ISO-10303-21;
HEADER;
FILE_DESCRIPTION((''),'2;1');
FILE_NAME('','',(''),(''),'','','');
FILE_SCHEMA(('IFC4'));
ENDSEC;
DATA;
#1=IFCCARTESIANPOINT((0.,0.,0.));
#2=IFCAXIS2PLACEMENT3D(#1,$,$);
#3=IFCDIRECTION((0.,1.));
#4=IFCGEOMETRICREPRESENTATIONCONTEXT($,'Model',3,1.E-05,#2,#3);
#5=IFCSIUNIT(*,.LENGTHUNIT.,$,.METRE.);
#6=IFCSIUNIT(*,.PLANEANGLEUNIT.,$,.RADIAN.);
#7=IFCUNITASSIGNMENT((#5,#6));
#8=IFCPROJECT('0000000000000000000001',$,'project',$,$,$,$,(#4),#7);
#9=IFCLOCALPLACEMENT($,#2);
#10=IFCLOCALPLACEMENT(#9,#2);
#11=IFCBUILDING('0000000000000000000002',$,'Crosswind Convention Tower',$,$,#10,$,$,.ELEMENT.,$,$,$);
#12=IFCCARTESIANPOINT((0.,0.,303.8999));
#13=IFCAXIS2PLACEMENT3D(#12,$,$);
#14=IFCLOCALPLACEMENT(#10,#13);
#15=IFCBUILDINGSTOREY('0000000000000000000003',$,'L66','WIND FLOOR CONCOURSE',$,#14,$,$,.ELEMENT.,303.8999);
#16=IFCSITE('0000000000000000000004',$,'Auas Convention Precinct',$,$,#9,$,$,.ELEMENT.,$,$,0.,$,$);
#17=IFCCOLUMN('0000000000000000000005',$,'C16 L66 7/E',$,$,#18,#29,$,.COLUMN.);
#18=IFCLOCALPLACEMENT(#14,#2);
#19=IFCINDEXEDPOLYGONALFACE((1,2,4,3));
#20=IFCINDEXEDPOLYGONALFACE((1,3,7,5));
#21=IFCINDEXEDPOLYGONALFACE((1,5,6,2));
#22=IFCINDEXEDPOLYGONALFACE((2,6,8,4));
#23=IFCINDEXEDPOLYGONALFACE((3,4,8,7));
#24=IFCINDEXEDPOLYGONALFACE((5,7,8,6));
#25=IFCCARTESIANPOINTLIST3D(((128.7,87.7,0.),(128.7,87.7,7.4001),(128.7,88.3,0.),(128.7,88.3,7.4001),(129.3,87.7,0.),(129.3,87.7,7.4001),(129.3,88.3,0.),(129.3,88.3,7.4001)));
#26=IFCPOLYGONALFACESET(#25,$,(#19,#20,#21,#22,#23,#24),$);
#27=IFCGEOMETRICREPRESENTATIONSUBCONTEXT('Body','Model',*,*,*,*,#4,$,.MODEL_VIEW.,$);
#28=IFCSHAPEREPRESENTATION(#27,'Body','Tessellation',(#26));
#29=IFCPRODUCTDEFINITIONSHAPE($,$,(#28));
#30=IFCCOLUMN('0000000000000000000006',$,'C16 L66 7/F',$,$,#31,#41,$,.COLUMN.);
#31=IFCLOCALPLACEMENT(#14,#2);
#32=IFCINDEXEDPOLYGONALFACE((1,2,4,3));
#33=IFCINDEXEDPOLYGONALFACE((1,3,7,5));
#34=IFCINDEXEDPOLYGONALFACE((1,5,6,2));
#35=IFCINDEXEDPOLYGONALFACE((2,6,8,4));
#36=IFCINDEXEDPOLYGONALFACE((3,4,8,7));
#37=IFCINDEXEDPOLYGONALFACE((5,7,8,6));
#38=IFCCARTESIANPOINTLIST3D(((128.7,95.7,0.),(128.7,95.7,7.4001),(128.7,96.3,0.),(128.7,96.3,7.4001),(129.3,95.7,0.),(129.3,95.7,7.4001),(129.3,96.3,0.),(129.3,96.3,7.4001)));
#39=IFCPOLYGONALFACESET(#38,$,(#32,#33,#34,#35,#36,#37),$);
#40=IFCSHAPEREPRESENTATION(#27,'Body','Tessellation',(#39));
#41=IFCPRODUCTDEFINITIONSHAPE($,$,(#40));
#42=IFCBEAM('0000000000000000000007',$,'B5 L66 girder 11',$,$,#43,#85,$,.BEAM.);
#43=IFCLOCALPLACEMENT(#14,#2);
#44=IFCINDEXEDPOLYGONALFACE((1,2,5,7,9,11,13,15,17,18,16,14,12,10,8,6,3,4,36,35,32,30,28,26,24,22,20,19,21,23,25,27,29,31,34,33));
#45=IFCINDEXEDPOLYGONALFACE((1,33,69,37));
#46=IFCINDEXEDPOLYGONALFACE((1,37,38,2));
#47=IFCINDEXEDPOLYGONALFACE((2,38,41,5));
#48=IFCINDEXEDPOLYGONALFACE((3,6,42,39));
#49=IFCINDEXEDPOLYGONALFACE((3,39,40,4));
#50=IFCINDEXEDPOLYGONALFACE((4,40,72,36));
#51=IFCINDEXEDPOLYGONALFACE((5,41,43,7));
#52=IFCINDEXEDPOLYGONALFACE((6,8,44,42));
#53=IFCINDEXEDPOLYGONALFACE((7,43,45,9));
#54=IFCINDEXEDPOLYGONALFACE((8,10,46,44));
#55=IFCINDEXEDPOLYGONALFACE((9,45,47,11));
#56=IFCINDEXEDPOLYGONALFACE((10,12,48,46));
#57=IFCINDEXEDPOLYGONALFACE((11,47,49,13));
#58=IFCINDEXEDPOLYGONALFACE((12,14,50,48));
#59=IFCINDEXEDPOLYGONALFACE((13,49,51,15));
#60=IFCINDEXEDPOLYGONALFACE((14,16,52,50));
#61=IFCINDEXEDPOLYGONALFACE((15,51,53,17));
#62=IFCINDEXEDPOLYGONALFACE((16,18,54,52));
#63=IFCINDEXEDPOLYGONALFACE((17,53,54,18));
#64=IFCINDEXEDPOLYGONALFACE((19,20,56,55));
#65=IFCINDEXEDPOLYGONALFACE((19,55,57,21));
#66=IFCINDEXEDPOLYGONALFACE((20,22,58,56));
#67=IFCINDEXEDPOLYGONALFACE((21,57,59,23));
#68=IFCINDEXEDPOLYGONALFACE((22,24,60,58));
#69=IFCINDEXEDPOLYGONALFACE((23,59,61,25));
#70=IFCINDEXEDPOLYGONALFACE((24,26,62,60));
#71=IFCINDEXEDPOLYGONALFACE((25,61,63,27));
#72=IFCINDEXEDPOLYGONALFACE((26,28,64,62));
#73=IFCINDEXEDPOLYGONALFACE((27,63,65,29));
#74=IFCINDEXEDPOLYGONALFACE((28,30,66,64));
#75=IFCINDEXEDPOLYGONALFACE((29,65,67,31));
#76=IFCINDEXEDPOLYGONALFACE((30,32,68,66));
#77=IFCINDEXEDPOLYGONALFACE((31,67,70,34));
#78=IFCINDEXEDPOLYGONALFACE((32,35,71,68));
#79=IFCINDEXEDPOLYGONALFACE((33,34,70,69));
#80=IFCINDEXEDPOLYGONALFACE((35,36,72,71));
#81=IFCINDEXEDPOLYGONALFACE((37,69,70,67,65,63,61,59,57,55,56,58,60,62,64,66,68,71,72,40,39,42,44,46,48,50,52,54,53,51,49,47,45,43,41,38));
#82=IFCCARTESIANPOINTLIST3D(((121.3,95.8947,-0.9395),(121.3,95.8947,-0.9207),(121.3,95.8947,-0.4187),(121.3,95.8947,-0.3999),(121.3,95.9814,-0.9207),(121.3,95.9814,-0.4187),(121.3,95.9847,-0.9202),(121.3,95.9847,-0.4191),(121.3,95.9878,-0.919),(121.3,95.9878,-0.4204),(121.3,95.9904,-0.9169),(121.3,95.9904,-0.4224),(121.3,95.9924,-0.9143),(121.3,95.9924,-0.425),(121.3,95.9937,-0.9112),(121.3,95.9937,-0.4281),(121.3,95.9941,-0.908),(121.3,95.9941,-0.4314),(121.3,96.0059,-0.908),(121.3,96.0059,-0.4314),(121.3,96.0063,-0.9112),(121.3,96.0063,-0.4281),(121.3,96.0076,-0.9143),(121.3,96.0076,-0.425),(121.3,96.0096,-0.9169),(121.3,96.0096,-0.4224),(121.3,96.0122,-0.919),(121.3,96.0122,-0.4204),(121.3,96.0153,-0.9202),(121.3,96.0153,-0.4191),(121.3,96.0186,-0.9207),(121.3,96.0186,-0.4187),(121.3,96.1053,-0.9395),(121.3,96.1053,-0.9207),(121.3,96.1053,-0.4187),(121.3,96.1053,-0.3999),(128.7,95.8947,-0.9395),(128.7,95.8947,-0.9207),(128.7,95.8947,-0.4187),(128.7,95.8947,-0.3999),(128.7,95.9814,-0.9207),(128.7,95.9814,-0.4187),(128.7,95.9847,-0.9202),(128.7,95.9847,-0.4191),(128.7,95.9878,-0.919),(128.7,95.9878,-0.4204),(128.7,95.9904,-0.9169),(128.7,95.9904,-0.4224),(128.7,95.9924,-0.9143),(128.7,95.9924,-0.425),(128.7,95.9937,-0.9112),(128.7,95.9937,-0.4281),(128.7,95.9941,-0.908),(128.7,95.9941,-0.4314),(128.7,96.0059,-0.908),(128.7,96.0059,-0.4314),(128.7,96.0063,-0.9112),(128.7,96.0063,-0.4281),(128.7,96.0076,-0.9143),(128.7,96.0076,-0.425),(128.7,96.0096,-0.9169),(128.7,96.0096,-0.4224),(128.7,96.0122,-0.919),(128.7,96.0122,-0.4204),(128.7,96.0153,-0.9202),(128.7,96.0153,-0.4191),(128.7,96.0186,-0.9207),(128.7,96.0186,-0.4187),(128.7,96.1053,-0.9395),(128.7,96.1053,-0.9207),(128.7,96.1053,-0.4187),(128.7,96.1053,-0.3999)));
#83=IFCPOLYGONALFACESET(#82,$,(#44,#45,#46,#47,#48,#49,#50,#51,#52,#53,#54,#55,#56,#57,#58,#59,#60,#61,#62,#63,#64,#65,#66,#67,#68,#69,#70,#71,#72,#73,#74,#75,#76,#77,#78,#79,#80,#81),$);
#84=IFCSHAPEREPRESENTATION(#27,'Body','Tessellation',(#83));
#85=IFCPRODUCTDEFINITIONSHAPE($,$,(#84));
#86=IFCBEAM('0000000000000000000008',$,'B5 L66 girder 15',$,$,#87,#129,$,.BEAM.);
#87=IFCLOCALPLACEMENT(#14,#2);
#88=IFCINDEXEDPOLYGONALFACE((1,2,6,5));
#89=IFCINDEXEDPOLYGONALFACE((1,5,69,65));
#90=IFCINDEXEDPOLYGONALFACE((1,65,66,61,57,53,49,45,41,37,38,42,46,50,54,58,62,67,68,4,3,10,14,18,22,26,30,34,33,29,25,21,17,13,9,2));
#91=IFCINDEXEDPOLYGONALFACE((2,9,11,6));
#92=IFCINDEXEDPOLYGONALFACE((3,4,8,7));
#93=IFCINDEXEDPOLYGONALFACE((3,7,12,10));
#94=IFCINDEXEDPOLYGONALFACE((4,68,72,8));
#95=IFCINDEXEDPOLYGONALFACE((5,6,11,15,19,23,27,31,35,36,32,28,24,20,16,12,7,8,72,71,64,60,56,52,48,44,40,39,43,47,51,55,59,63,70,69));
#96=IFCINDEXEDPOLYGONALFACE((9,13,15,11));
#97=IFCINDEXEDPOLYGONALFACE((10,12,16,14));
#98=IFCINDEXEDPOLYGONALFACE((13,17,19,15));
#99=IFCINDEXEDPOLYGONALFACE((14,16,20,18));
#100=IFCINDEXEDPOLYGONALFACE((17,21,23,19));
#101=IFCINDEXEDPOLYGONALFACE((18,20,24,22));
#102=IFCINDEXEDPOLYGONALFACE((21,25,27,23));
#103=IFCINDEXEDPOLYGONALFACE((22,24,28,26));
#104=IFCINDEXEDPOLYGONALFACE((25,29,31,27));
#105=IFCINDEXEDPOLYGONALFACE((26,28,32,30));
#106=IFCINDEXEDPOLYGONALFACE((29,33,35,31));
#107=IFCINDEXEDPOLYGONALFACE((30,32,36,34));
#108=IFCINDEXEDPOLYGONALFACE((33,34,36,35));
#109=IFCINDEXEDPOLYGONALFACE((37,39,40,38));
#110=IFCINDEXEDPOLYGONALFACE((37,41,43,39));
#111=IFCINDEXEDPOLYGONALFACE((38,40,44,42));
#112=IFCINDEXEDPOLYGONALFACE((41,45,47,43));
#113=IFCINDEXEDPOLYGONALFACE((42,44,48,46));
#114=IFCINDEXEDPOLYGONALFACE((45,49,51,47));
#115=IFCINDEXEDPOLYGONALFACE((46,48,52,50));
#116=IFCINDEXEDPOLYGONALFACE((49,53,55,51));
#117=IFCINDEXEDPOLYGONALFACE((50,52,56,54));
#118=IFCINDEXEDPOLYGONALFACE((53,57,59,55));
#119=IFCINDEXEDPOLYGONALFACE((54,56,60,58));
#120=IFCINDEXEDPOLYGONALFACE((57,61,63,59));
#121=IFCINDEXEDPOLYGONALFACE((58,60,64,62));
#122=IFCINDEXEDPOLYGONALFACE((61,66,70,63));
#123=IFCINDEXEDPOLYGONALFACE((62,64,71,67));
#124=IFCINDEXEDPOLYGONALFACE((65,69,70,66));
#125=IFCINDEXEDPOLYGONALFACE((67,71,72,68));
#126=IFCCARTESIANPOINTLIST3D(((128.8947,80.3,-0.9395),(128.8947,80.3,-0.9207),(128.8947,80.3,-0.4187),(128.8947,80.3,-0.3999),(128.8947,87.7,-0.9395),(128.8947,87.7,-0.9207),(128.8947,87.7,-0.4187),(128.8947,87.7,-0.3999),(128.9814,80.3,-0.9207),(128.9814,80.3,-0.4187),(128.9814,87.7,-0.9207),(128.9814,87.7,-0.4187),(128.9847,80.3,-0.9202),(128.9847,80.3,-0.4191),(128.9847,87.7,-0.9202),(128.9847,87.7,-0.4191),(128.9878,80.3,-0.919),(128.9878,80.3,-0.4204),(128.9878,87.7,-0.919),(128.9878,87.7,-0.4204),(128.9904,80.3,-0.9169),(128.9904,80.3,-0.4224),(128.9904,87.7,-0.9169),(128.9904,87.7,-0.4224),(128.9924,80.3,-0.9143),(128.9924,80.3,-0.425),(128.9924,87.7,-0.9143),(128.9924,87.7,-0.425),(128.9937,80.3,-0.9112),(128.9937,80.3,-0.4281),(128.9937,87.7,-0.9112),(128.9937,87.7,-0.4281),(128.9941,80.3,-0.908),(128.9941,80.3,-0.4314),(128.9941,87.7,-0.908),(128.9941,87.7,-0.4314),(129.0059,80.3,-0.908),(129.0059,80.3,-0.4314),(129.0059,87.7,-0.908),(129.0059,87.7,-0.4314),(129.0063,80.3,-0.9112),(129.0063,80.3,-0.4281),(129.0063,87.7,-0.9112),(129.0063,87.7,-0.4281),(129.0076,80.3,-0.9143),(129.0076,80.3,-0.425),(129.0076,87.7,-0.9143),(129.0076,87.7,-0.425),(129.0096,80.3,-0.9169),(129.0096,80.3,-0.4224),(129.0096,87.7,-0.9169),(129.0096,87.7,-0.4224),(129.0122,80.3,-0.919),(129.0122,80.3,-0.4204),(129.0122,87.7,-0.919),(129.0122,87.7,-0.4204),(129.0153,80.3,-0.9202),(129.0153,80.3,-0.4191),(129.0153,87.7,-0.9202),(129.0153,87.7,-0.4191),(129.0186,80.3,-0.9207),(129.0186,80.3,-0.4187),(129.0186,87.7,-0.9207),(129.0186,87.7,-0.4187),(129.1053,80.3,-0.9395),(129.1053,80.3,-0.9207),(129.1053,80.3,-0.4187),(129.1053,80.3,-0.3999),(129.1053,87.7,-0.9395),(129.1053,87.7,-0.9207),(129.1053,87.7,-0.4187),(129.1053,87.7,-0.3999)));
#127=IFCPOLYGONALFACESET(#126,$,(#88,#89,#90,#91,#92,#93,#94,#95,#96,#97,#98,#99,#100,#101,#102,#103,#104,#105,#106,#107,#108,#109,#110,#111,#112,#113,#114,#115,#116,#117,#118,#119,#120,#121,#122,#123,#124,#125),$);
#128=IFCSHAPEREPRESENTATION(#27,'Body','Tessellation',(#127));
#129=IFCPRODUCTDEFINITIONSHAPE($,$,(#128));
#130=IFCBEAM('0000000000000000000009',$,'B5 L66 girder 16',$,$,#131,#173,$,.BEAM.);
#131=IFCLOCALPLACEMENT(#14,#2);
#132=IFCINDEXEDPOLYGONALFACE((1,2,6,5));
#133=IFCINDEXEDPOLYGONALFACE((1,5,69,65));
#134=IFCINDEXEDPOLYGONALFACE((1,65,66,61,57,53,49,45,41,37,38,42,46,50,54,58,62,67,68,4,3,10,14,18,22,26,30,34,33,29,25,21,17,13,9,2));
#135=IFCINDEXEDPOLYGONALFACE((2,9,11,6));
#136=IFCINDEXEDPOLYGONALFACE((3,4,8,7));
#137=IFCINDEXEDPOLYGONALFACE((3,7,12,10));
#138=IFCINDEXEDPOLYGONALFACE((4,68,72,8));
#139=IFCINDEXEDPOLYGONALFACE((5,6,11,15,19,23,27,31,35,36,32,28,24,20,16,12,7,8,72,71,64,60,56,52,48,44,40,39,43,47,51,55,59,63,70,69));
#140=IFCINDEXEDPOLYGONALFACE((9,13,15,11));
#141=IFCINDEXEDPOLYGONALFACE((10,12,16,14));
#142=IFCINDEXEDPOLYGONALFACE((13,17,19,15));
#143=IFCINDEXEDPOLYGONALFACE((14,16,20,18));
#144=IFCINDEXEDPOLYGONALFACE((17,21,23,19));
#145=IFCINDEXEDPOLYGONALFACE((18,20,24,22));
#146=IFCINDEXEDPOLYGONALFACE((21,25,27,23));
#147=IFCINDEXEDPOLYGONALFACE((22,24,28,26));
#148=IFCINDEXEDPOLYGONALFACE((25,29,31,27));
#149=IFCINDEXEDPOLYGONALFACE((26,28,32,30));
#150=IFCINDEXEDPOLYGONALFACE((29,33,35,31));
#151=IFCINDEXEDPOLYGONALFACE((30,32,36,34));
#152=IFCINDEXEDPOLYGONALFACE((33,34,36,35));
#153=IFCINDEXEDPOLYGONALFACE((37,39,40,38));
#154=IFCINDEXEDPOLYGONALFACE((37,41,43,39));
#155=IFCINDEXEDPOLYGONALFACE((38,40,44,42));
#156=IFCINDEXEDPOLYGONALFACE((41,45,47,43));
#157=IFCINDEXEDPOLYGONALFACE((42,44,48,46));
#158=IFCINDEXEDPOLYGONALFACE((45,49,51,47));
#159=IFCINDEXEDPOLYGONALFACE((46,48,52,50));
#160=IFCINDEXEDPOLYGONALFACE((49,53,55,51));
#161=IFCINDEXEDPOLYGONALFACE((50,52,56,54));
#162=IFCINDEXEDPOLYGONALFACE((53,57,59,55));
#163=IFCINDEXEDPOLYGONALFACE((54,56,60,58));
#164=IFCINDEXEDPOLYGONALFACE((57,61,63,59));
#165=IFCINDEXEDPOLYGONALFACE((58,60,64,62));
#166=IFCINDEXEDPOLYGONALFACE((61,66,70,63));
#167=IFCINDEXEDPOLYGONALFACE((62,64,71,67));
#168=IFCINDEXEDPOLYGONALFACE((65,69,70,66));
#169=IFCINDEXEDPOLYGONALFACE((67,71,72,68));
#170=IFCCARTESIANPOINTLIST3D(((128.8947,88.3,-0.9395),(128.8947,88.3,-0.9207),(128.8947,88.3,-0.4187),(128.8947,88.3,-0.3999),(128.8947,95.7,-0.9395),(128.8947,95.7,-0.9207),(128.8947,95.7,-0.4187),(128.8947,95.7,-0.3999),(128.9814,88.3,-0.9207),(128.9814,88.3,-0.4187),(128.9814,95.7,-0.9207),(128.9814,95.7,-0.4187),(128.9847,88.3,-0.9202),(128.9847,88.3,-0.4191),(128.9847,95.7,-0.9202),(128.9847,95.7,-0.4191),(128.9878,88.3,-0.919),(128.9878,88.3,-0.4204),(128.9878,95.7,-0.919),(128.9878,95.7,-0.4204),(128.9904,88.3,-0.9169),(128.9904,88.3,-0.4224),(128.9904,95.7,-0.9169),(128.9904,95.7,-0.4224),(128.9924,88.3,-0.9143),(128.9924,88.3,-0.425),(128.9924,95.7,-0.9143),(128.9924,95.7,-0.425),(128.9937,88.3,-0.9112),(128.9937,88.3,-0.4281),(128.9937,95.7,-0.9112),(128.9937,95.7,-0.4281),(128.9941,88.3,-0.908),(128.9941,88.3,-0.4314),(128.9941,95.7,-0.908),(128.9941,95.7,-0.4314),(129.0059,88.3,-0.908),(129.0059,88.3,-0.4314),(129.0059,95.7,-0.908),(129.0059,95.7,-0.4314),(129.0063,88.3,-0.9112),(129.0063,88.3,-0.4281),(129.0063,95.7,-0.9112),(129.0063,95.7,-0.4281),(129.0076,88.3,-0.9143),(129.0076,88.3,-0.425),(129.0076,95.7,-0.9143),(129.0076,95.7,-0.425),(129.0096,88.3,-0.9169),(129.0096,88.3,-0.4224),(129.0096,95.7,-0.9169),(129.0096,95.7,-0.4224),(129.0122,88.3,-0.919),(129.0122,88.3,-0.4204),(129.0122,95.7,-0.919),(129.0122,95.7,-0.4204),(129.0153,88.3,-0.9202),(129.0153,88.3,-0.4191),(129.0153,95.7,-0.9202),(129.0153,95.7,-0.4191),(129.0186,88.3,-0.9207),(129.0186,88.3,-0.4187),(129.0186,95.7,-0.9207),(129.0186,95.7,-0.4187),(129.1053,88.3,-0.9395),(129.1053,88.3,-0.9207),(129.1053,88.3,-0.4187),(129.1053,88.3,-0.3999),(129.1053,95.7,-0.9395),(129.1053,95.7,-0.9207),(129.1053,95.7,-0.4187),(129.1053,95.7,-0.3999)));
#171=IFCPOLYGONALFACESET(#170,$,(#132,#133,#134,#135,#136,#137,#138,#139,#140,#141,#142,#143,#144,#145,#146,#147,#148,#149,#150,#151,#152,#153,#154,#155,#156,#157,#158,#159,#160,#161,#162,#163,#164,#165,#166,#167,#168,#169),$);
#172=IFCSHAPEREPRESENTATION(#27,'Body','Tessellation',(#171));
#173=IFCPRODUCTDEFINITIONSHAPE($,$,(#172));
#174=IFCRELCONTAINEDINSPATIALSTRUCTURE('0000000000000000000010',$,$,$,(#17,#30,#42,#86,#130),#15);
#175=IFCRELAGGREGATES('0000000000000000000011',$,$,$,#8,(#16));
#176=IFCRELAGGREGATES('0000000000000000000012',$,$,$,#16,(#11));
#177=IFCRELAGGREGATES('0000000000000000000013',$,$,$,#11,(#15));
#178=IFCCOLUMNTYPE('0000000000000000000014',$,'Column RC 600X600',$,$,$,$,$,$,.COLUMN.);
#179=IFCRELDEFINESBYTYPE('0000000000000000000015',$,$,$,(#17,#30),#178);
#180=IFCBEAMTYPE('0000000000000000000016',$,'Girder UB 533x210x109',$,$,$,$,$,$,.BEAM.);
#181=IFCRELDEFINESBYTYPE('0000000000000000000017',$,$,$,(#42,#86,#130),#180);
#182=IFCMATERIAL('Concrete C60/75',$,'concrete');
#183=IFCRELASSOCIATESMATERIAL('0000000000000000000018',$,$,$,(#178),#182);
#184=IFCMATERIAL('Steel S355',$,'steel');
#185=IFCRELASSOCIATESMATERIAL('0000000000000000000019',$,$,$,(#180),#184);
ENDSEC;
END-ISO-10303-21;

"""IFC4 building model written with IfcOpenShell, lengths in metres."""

from ifc_helpers import new_model, si_unit, direction, frame, origin, origin_2d, place, context, subcontext, project, spatial, rectangle, i_section, extrude, material, material_profile, profile_set, type_object, element, save


model = new_model("IFC4")

# Units and contexts
model_context = context("Model", 3, precision=1e-05, world=origin(), true_north=direction((0.0, 1.0)))
body_context = subcontext(model_context, "Body", "Model", "MODEL_VIEW")
ifc_project = project(units=[si_unit("LENGTHUNIT", "METRE"), si_unit("PLANEANGLEUNIT", "RADIAN")], contexts=[model_context])

# Site, building, storey
site_placement = place(None, origin())
site = spatial("IfcSite", under=ifc_project, at=site_placement, Name="Auas Convention Precinct", CompositionType="ELEMENT", RefElevation=0.0)
building_placement = place(site_placement, origin())
building = spatial("IfcBuilding", under=site, at=building_placement, Name="Crosswind Convention Tower", CompositionType="ELEMENT")
storey_placement = place(building_placement, frame((0.0, 0.0, 303.8999)))
storey = spatial("IfcBuildingStorey", under=building, at=storey_placement, Name="L66", Description="WIND FLOOR CONCOURSE", CompositionType="ELEMENT", Elevation=303.8999)

# Columns
ifc_material_1 = material(Name="Concrete C60/75", Category="concrete")
ifc_material_profile_1 = material_profile(ifc_material_1, rectangle(XDim=0.6001, YDim=0.6001, at=origin_2d()), Name="RC 600X600")
ifc_profile_set_1 = profile_set([ifc_material_profile_1], Name="Concrete C60/75")
column_type = type_object("IfcColumnType", Name="Column RC 600X600", PredefinedType="COLUMN", material=ifc_profile_set_1)
for number, where, z_axis, x_axis, name in (
    (1, (129.0, 88.0, 0.0), (0.0, 0.0, 1.0), (1.0, 0.0, 0.0), "C16 L66 7/E"),
    (2, (129.0, 96.0, 0.0), (0.0, 0.0, 1.0), (1.0, 0.0, 0.0), "C16 L66 7/F"),
):
    element("IfcColumn", number, at=place(storey_placement, frame(where, z_axis=z_axis, x_axis=x_axis)), inside=storey, type_object=column_type, Name=name, PredefinedType="COLUMN", context=body_context, shape_type="SweptSolid", body=[
        extrude(rectangle(XDim=0.6001, YDim=0.6001, at=origin_2d()), origin(), (0.0, 0.0, 1.0), 7.4001),
    ])

# Beams
ifc_material_2 = material(Name="Steel S355", Category="steel")
ifc_material_profile_2 = material_profile(ifc_material_2, i_section(OverallWidth=0.2107, OverallDepth=0.5396, WebThickness=0.0117, FlangeThickness=0.0188, FilletRadius=0.0127, at=origin_2d()), Name="UB 533x210x109")
ifc_profile_set_2 = profile_set([ifc_material_profile_2], Name="Steel S355")
beam_type_1 = type_object("IfcBeamType", Name="Girder UB 533x210x109", PredefinedType="BEAM", material=ifc_profile_set_2)
for number, where, z_axis, x_axis, name in (
    (3, (121.3, 96.0, -0.6697), (1.0, 0.0, 0.0), (0.0, 1.0, 0.0), "B5 L66 girder 11"),
    (4, (129.0, 80.3, -0.6697), (0.0, 1.0, 0.0), (-1.0, 0.0, 0.0), "B5 L66 girder 15"),
    (5, (129.0, 88.3, -0.6697), (0.0, 1.0, 0.0), (-1.0, 0.0, 0.0), "B5 L66 girder 16"),
):
    element("IfcBeam", number, at=place(storey_placement, frame(where, z_axis=z_axis, x_axis=x_axis)), inside=storey, type_object=beam_type_1, Name=name, PredefinedType="BEAM", context=body_context, shape_type="SweptSolid", body=[
        extrude(i_section(OverallWidth=0.2107, OverallDepth=0.5396, WebThickness=0.0117, FlangeThickness=0.0188, FilletRadius=0.0127, at=origin_2d()), origin(), (0.0, 0.0, 1.0), 7.3999),
    ])

save(model, "model.ifc")
